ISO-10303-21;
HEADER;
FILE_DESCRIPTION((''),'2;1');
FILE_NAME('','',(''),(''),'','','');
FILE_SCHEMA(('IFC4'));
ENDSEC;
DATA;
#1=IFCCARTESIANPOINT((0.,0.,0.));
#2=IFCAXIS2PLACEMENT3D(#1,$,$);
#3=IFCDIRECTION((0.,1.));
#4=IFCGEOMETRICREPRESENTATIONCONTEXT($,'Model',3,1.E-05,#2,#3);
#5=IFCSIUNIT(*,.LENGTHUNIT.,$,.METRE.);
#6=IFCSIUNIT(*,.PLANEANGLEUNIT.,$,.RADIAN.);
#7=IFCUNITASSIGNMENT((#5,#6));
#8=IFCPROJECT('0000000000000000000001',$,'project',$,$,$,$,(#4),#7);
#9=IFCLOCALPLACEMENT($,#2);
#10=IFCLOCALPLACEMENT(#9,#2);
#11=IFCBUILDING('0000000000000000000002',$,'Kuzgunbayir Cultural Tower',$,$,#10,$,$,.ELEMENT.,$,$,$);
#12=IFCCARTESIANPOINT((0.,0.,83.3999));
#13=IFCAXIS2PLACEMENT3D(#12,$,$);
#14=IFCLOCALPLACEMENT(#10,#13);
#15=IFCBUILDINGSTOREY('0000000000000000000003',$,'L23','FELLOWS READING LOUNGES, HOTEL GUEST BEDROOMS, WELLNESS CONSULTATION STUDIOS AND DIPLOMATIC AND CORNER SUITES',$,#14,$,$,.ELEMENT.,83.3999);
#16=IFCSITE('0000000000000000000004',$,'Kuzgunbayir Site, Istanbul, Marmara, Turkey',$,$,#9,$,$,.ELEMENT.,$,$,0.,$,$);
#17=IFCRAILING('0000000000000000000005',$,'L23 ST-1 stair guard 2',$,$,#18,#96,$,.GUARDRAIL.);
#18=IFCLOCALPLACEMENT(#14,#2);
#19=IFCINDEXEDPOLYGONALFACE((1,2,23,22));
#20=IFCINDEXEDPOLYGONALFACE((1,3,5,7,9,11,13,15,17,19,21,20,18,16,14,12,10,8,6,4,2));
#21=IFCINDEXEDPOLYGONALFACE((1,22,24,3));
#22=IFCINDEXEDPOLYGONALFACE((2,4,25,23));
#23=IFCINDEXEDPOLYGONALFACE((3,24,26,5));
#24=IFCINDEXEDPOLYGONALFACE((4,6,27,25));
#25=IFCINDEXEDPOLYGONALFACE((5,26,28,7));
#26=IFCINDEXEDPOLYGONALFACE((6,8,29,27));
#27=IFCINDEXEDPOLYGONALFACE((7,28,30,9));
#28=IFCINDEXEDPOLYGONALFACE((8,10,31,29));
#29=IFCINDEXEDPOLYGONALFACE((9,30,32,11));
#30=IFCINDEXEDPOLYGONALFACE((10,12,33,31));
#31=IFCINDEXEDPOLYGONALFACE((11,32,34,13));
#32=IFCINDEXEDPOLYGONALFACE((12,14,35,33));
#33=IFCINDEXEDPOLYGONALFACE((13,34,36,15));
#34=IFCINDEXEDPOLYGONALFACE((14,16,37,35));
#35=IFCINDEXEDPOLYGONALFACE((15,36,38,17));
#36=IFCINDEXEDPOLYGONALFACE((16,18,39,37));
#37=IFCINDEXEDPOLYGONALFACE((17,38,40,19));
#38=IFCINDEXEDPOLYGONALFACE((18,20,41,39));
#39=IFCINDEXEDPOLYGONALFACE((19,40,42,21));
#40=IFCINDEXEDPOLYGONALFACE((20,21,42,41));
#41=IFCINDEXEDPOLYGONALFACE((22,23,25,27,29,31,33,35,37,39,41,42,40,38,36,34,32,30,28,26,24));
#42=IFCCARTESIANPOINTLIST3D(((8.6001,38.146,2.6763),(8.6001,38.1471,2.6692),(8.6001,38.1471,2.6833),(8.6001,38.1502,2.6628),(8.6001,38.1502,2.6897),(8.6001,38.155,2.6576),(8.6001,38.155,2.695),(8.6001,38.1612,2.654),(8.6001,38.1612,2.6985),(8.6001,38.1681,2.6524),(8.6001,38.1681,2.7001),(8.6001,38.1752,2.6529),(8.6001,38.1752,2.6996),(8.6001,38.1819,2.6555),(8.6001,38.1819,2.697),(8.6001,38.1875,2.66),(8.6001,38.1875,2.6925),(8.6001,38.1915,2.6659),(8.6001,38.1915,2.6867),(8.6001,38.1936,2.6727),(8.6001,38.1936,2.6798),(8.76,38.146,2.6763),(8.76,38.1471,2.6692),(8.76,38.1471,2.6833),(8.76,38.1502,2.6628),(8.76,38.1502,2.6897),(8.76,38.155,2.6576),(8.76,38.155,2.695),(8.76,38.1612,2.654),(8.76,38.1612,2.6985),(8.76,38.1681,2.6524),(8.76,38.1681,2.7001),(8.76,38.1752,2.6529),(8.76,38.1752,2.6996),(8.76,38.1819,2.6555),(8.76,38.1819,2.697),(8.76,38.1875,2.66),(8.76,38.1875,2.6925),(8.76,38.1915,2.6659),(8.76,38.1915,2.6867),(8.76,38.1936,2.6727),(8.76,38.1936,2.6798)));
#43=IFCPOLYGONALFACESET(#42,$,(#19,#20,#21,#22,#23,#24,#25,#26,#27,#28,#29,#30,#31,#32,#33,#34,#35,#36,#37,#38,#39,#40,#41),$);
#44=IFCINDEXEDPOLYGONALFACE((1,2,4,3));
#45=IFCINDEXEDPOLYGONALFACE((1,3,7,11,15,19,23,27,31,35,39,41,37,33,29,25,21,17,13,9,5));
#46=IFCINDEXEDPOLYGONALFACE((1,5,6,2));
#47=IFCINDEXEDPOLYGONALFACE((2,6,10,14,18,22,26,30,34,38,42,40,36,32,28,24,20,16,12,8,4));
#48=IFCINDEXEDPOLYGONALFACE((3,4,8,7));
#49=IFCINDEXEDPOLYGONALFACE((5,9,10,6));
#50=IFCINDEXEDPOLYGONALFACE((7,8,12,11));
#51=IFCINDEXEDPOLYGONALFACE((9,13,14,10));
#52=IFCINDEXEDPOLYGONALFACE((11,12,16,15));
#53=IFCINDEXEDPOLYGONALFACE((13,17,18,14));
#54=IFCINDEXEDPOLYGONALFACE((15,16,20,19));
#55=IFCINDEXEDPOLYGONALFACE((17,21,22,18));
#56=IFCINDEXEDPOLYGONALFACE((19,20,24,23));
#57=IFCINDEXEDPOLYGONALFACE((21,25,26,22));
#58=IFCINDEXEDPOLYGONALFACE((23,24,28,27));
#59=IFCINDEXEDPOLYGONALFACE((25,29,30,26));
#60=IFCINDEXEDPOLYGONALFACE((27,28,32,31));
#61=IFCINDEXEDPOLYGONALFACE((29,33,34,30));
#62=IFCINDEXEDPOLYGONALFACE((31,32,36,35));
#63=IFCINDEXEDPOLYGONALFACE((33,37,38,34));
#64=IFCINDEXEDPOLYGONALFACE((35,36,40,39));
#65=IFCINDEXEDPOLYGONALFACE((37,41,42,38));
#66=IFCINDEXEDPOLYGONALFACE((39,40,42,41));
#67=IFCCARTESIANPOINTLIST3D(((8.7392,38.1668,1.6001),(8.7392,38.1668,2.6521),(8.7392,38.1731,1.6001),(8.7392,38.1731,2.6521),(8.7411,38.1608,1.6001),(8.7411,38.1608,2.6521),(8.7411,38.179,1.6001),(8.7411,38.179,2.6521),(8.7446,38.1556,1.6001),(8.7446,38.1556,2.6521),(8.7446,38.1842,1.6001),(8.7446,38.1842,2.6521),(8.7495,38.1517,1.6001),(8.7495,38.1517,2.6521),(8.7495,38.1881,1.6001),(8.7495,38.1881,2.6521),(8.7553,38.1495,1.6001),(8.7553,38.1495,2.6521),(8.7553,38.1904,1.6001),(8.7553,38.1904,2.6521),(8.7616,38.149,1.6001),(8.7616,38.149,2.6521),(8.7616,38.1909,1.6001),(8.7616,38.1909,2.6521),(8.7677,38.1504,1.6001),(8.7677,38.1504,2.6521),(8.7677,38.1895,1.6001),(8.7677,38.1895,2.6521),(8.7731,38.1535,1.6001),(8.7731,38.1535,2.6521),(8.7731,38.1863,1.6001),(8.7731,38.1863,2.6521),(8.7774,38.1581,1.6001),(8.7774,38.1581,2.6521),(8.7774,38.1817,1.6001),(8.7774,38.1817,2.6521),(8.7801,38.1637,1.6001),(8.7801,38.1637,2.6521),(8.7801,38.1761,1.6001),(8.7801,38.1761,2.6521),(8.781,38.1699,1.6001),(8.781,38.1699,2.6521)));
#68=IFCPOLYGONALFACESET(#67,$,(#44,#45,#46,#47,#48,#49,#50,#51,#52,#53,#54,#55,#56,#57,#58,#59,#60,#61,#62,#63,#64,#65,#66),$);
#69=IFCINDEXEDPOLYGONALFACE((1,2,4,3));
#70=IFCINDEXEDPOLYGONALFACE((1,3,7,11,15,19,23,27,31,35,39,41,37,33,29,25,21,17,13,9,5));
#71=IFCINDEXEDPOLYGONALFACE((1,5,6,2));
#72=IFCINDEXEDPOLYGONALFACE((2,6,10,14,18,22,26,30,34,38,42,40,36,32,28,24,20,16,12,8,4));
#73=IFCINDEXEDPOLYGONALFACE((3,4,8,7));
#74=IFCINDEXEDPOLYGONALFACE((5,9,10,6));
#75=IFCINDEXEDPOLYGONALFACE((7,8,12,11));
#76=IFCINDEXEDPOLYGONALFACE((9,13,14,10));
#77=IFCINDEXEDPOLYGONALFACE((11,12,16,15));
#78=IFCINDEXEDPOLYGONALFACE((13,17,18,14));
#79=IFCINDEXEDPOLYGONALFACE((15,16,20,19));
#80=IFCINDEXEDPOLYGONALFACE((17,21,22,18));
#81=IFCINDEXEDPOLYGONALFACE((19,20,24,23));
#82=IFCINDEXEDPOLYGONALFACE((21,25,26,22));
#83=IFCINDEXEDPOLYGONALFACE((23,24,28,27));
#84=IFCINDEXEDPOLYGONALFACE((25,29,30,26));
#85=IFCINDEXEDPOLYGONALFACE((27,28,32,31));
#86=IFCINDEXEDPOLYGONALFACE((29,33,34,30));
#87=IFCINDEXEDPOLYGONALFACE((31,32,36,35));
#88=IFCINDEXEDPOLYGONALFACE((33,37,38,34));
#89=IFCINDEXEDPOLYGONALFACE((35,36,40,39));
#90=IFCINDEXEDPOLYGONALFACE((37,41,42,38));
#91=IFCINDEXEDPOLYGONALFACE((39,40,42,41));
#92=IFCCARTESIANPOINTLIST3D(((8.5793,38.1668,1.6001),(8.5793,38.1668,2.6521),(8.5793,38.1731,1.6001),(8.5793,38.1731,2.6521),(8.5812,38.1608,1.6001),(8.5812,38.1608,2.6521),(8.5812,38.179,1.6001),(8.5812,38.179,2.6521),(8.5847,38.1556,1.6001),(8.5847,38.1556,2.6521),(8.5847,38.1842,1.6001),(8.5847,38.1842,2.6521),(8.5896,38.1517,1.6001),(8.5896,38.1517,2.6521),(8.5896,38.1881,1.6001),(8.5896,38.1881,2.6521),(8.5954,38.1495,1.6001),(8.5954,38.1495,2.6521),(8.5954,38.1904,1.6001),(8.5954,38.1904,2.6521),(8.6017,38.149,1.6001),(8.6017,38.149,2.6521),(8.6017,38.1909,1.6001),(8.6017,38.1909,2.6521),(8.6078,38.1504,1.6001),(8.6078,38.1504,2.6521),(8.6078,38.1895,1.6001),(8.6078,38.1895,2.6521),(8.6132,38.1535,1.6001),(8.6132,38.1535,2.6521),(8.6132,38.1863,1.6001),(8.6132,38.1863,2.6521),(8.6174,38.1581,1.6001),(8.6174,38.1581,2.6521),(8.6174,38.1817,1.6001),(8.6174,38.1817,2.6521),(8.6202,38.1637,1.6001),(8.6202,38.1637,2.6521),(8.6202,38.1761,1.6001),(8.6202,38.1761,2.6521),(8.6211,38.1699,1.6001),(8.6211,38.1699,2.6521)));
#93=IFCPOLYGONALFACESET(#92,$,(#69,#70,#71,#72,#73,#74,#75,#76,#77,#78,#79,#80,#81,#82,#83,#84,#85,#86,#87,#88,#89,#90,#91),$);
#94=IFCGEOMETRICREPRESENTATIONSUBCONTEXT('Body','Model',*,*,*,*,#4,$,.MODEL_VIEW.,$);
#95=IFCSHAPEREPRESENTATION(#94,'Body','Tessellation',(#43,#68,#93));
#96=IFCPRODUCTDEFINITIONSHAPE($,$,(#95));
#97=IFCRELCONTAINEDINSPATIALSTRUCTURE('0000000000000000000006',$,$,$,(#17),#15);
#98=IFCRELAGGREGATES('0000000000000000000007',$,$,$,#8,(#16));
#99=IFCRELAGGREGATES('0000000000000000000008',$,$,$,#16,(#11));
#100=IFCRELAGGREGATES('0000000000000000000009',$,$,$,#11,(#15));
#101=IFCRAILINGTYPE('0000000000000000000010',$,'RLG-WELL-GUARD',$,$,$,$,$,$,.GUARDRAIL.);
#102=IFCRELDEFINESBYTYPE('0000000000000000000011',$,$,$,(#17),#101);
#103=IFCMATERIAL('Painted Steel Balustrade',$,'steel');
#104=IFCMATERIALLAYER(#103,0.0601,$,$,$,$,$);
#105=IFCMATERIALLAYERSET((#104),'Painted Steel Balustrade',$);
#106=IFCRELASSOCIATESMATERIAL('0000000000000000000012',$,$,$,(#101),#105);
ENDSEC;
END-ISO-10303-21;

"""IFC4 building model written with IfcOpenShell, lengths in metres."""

from ifc_helpers import new_model, si_unit, direction, frame, origin, origin_2d, place, context, subcontext, project, spatial, circle, extrude, material, layer, layer_set, type_object, element, save


model = new_model("IFC4")

# Units and contexts
model_context = context("Model", 3, precision=1e-05, world=origin(), true_north=direction((0.0, 1.0)))
body_context = subcontext(model_context, "Body", "Model", "MODEL_VIEW")
ifc_project = project(units=[si_unit("LENGTHUNIT", "METRE"), si_unit("PLANEANGLEUNIT", "RADIAN")], contexts=[model_context])

# Site, building, storey
site_placement = place(None, origin())
site = spatial("IfcSite", under=ifc_project, at=site_placement, Name="Kuzgunbayir Site, Istanbul, Marmara, Turkey", CompositionType="ELEMENT", RefElevation=0.0)
building_placement = place(site_placement, origin())
building = spatial("IfcBuilding", under=site, at=building_placement, Name="Kuzgunbayir Cultural Tower", CompositionType="ELEMENT")
storey_placement = place(building_placement, frame((0.0, 0.0, 83.3999)))
storey = spatial("IfcBuildingStorey", under=building, at=storey_placement, Name="L23", Description="FELLOWS READING LOUNGES, HOTEL GUEST BEDROOMS, WELLNESS CONSULTATION STUDIOS AND DIPLOMATIC AND CORNER SUITES", CompositionType="ELEMENT", Elevation=83.3999)

# Railing
ifc_material_1 = material(Name="Painted Steel Balustrade", Category="steel")
ifc_layer_1 = layer(ifc_material_1, 0.0601)
ifc_layer_set_1 = layer_set([ifc_layer_1], Name="Painted Steel Balustrade")
railing_type_1 = type_object("IfcRailingType", Name="RLG-WELL-GUARD", PredefinedType="GUARDRAIL", material=ifc_layer_set_1)
railing_1_placement = place(storey_placement, frame((8.76, 38.1699, 1.6001)))
element("IfcRailing", 1, at=railing_1_placement, inside=storey, type_object=railing_type_1, Name="L23 ST-1 stair guard 2", PredefinedType="GUARDRAIL", context=body_context, shape_type="SweptSolid", body=[
    extrude(circle(Radius=0.0239, at=origin_2d()), frame((0.0, 0.0, 1.0762), z_axis=(-1.0, 0.0, 0.0), x_axis=(0.0, -1.0, 0.0)), (0.0, 0.0, 1.0), 0.1599),
    extrude(circle(Radius=0.021, at=origin_2d()), origin(), (0.0, 0.0, 1.0), 1.052),
    extrude(circle(Radius=0.021, at=origin_2d()), frame((-0.1599, 0.0, 0.0)), (0.0, 0.0, 1.0), 1.052),
])

save(model, "model.ifc")
